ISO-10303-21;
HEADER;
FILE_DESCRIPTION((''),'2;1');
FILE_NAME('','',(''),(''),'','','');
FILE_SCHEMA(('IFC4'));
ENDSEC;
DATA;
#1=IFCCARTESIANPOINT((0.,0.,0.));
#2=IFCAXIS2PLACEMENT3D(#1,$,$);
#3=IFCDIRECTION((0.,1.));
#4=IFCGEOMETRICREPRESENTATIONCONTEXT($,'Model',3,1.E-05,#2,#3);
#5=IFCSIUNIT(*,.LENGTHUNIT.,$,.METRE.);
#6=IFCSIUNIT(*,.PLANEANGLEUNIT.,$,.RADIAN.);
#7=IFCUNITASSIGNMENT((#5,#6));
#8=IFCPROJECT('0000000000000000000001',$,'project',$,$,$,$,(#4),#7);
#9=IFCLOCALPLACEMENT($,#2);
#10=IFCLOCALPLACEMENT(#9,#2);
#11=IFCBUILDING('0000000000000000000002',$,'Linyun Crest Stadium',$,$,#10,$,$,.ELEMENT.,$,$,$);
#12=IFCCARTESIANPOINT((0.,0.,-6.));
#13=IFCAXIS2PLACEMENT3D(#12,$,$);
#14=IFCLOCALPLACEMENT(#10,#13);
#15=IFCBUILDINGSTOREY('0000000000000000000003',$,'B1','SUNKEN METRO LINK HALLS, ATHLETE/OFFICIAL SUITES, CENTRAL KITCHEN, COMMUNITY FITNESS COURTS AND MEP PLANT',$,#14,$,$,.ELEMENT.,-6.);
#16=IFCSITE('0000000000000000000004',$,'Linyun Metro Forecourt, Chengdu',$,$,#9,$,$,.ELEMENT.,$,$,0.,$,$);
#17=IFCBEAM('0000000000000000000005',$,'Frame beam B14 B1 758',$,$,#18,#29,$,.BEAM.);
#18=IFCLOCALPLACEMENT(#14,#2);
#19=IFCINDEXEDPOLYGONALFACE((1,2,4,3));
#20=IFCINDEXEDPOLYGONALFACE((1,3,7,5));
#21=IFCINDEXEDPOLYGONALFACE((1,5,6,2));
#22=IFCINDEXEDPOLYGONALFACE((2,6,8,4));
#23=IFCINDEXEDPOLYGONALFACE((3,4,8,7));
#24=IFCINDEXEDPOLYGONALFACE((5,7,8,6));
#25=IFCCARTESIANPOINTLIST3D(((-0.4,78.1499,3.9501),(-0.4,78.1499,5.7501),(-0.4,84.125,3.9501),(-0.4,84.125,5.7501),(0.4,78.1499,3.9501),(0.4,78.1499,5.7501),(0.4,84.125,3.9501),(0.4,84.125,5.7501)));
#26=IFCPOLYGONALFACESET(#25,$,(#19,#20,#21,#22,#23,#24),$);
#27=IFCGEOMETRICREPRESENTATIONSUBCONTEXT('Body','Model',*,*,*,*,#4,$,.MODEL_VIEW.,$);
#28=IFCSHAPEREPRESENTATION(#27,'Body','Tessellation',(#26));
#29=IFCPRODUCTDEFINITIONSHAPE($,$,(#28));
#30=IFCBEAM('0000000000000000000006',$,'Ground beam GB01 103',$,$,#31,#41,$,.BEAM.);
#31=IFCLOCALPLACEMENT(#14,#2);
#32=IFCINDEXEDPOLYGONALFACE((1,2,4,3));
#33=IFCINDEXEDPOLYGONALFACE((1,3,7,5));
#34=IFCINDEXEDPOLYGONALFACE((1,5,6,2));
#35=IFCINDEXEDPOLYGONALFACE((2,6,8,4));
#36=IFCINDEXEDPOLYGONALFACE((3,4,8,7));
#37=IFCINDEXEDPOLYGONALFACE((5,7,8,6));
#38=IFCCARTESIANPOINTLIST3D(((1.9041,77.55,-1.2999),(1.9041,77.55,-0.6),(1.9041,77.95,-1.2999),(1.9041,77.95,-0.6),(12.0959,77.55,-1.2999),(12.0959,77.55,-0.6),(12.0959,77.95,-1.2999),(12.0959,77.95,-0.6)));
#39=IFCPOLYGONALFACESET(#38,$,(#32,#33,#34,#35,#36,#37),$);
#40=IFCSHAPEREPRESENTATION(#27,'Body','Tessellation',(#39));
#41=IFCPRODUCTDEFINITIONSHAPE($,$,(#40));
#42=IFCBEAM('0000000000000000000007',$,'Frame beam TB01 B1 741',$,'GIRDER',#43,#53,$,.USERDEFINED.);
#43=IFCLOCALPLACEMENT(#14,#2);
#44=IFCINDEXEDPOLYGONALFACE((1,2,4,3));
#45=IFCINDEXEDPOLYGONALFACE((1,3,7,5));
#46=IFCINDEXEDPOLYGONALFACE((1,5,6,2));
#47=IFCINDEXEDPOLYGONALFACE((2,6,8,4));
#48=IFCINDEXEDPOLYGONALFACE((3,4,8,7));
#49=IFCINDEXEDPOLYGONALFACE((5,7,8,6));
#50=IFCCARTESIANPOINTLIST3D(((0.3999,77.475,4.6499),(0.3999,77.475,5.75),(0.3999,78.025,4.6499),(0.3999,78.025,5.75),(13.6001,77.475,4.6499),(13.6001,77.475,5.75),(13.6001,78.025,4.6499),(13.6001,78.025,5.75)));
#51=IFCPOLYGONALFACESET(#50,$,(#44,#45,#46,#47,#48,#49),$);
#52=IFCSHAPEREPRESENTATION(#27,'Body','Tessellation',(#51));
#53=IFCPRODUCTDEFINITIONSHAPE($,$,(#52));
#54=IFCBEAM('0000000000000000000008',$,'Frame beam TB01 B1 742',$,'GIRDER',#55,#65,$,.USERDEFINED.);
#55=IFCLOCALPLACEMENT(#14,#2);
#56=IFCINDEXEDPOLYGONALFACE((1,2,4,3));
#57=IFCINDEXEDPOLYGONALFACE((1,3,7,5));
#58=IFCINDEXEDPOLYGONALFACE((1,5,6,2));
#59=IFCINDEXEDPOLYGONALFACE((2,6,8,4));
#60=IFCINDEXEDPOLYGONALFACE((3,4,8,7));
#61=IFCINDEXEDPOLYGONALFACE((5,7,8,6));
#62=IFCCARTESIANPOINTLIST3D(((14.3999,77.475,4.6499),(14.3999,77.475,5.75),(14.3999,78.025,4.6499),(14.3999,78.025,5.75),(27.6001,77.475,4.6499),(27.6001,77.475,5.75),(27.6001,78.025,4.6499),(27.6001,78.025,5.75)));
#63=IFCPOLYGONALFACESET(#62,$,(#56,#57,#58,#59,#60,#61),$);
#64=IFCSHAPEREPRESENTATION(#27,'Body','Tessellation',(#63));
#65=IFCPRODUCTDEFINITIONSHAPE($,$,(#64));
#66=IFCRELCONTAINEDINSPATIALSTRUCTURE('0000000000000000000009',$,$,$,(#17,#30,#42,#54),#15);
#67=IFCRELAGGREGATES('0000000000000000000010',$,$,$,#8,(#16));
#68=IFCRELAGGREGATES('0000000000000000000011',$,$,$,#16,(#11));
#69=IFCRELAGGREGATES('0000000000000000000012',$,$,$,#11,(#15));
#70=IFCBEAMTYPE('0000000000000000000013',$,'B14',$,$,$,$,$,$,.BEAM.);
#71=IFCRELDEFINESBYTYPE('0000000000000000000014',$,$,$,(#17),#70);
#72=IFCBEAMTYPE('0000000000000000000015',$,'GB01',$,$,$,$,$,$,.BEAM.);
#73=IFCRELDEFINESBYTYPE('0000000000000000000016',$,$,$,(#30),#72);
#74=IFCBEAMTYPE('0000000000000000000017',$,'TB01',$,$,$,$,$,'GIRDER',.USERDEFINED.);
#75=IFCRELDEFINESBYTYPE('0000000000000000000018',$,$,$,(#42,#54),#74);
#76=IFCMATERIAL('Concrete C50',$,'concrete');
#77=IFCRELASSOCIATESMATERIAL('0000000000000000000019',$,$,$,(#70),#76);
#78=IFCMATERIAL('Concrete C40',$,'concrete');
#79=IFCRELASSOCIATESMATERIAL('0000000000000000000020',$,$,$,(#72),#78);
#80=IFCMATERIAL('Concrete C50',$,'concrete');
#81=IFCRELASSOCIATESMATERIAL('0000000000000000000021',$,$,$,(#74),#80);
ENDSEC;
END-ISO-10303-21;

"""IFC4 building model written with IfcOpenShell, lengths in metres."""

from ifc_helpers import new_model, si_unit, direction, frame, origin, origin_2d, place, context, subcontext, project, spatial, rectangle, extrude, material, material_profile, profile_set, type_object, element, save


model = new_model("IFC4")

# Units and contexts
model_context = context("Model", 3, precision=1e-05, world=origin(), true_north=direction((0.0, 1.0)))
body_context = subcontext(model_context, "Body", "Model", "MODEL_VIEW")
ifc_project = project(units=[si_unit("LENGTHUNIT", "METRE"), si_unit("PLANEANGLEUNIT", "RADIAN")], contexts=[model_context])

# Site, building, storey
site_placement = place(None, origin())
site = spatial("IfcSite", under=ifc_project, at=site_placement, Name="Linyun Metro Forecourt, Chengdu", CompositionType="ELEMENT", RefElevation=0.0)
building_placement = place(site_placement, origin())
building = spatial("IfcBuilding", under=site, at=building_placement, Name="Linyun Crest Stadium", CompositionType="ELEMENT")
storey_placement = place(building_placement, frame((0.0, 0.0, -6.0)))
storey = spatial("IfcBuildingStorey", under=building, at=storey_placement, Name="B1", Description="SUNKEN METRO LINK HALLS, ATHLETE/OFFICIAL SUITES, CENTRAL KITCHEN, COMMUNITY FITNESS COURTS AND MEP PLANT", CompositionType="ELEMENT", Elevation=-6.0)

# Beams
ifc_material_1 = material(Name="Concrete C50", Category="concrete")
ifc_material_profile_1 = material_profile(ifc_material_1, rectangle(XDim=0.8, YDim=1.8, at=origin_2d()), Name="RCB 1800x800")
ifc_profile_set_1 = profile_set([ifc_material_profile_1], Name="Concrete C50")
beam_type_1 = type_object("IfcBeamType", Name="B14", PredefinedType="BEAM", material=ifc_profile_set_1)
beam_1_placement = place(storey_placement, frame((0.0, 78.1499, 4.8501), z_axis=(0.0, 1.0, 0.0), x_axis=(-1.0, 0.0, 0.0)))
element("IfcBeam", 1, at=beam_1_placement, inside=storey, type_object=beam_type_1, Name="Frame beam B14 B1 758", PredefinedType="BEAM", context=body_context, shape_type="SweptSolid", body=[
    extrude(rectangle(XDim=0.8, YDim=1.8, at=origin_2d()), origin(), (0.0, 0.0, 1.0), 5.9751),
])
ifc_material_2 = material(Name="Concrete C40", Category="concrete")
ifc_material_profile_2 = material_profile(ifc_material_2, rectangle(XDim=0.3999, YDim=0.7, at=origin_2d()), Name="RCB 700x400")
ifc_profile_set_2 = profile_set([ifc_material_profile_2], Name="Concrete C40")
beam_type_2 = type_object("IfcBeamType", Name="GB01", PredefinedType="BEAM", material=ifc_profile_set_2)
beam_2_placement = place(storey_placement, frame((1.9041, 77.75, -0.95), z_axis=(1.0, 0.0, 0.0), x_axis=(0.0, 1.0, 0.0)))
element("IfcBeam", 2, at=beam_2_placement, inside=storey, type_object=beam_type_2, Name="Ground beam GB01 103", PredefinedType="BEAM", context=body_context, shape_type="SweptSolid", body=[
    extrude(rectangle(XDim=0.3999, YDim=0.7, at=origin_2d()), origin(), (0.0, 0.0, 1.0), 10.1919),
])
ifc_material_3 = material(Name="Concrete C50", Category="concrete")
ifc_material_profile_3 = material_profile(ifc_material_3, rectangle(XDim=0.55, YDim=1.1001, at=origin_2d()), Name="RCB 1100x550")
ifc_profile_set_3 = profile_set([ifc_material_profile_3], Name="Concrete C50")
beam_type_3 = type_object("IfcBeamType", Name="TB01", ElementType="GIRDER", PredefinedType="USERDEFINED", material=ifc_profile_set_3)
for number, where, z_axis, x_axis, name in (
    (3, (0.3999, 77.75, 5.2), (1.0, 0.0, 0.0), (0.0, 1.0, 0.0), "Frame beam TB01 B1 741"),
    (4, (14.3999, 77.75, 5.2), (1.0, 0.0, 0.0), (0.0, 1.0, 0.0), "Frame beam TB01 B1 742"),
):
    element("IfcBeam", number, at=place(storey_placement, frame(where, z_axis=z_axis, x_axis=x_axis)), inside=storey, type_object=beam_type_3, Name=name, ObjectType="GIRDER", PredefinedType="USERDEFINED", context=body_context, shape_type="SweptSolid", body=[
        extrude(rectangle(XDim=0.55, YDim=1.1001, at=origin_2d()), origin(), (0.0, 0.0, 1.0), 13.2002),
    ])

save(model, "model.ifc")
